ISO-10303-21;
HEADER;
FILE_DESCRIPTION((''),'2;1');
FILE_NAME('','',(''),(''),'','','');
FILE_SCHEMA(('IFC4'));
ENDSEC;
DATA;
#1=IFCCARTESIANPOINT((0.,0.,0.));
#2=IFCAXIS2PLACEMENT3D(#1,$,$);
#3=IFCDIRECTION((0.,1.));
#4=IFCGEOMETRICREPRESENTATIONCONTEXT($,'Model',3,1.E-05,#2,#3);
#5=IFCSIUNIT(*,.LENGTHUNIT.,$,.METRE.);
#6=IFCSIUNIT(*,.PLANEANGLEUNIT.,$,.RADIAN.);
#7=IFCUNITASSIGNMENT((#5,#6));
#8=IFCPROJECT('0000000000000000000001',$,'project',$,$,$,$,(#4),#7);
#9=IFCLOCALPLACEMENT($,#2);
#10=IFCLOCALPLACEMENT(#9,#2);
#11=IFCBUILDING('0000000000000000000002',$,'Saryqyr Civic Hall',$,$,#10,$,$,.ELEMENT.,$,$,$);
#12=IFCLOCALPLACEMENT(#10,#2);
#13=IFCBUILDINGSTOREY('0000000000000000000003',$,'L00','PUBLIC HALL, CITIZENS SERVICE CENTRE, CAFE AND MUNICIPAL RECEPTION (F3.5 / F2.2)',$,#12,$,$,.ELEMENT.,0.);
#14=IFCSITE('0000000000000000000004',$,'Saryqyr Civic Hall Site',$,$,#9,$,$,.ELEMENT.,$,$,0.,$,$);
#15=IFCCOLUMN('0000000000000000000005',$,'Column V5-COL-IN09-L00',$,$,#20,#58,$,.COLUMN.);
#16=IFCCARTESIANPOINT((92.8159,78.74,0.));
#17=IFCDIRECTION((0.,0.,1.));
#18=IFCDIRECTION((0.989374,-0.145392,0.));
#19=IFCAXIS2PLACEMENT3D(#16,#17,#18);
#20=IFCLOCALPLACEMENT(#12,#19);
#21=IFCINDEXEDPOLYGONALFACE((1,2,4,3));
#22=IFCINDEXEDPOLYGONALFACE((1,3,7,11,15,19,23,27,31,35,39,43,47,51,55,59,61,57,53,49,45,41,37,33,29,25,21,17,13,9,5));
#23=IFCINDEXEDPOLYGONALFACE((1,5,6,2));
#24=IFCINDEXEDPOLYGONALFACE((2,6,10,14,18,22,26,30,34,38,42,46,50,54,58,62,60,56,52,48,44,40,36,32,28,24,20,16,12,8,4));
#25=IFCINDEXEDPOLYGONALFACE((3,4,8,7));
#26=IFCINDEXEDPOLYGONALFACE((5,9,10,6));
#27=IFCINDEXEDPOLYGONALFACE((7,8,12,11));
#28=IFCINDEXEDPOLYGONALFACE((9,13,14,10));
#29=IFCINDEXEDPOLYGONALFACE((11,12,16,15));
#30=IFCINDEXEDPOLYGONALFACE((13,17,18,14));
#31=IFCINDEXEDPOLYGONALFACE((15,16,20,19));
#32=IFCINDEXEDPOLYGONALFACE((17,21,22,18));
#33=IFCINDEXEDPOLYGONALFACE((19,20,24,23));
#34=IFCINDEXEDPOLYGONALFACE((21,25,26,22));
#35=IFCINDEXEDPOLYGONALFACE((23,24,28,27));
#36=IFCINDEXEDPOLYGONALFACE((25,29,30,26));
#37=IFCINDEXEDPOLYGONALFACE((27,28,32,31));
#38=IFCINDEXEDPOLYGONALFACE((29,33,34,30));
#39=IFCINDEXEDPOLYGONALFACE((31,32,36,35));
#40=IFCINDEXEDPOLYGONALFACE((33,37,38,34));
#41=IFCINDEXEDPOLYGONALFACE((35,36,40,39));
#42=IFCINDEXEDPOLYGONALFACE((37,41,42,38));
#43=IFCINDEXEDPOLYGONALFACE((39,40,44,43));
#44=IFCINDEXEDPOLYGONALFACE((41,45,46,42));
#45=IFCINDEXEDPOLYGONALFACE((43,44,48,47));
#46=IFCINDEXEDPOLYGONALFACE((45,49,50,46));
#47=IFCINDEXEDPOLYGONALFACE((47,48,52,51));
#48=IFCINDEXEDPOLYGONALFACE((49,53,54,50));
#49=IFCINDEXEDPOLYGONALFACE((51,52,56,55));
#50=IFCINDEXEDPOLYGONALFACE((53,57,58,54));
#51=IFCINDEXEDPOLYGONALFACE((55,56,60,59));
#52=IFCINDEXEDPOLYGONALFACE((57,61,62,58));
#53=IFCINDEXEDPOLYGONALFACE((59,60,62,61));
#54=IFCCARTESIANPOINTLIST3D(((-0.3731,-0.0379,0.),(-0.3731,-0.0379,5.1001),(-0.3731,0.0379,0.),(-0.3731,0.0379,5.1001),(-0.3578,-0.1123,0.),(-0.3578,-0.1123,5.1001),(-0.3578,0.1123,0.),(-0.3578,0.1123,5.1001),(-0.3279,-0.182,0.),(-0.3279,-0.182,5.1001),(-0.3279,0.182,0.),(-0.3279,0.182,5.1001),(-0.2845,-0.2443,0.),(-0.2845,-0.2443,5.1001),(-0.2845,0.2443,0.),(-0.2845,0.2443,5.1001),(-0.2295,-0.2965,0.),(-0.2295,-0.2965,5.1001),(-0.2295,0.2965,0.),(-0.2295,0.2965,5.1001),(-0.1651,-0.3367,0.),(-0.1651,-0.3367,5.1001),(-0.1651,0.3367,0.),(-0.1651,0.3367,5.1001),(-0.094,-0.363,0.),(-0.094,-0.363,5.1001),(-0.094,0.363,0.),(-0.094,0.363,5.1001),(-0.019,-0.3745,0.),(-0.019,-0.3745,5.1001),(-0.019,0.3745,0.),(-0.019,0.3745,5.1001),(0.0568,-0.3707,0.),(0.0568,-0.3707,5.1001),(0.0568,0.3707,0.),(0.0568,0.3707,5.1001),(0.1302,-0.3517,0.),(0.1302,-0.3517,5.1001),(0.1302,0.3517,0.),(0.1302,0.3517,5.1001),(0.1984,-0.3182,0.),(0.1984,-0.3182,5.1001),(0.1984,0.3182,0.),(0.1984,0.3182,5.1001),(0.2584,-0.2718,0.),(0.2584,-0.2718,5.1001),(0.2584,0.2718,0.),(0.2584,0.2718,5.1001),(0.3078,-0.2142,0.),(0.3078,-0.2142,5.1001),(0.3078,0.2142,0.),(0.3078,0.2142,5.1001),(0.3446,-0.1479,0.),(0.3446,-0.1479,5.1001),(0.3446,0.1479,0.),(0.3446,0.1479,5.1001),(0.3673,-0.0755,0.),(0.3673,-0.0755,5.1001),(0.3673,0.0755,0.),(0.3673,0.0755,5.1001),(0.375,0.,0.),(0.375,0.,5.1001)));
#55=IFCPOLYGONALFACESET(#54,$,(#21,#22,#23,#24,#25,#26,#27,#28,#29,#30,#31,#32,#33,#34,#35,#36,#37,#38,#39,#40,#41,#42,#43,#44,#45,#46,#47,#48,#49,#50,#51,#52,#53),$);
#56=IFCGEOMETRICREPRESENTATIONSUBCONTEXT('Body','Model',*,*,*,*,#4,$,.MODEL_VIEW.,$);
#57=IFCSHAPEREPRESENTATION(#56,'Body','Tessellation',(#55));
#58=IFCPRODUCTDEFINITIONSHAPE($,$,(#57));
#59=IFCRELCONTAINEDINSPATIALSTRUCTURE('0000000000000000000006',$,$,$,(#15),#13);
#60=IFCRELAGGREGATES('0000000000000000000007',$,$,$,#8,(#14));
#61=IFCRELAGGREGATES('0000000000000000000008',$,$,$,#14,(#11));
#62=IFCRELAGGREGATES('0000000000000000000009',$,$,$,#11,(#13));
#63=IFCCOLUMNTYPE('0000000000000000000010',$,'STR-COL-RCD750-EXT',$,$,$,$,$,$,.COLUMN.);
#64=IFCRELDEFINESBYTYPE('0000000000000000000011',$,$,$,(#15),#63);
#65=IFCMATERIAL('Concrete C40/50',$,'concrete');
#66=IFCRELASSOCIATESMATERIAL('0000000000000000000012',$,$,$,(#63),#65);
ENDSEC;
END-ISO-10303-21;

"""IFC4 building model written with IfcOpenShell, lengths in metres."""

from ifc_helpers import new_model, si_unit, direction, frame, origin, origin_2d, place, context, subcontext, project, spatial, circle, extrude, material, material_profile, profile_set, type_object, element, save


model = new_model("IFC4")

# Units and contexts
model_context = context("Model", 3, precision=1e-05, world=origin(), true_north=direction((0.0, 1.0)))
body_context = subcontext(model_context, "Body", "Model", "MODEL_VIEW")
ifc_project = project(units=[si_unit("LENGTHUNIT", "METRE"), si_unit("PLANEANGLEUNIT", "RADIAN")], contexts=[model_context])

# Site, building, storey
site_placement = place(None, origin())
site = spatial("IfcSite", under=ifc_project, at=site_placement, Name="Saryqyr Civic Hall Site", CompositionType="ELEMENT", RefElevation=0.0)
building_placement = place(site_placement, origin())
building = spatial("IfcBuilding", under=site, at=building_placement, Name="Saryqyr Civic Hall", CompositionType="ELEMENT")
storey_placement = place(building_placement, origin())
storey = spatial("IfcBuildingStorey", under=building, at=storey_placement, Name="L00", Description="PUBLIC HALL, CITIZENS SERVICE CENTRE, CAFE AND MUNICIPAL RECEPTION (F3.5 / F2.2)", CompositionType="ELEMENT", Elevation=0.0)

# Column
ifc_material_1 = material(Name="Concrete C40/50", Category="concrete")
ifc_material_profile_1 = material_profile(ifc_material_1, circle(Radius=0.375, at=origin_2d()), Name="RC D750")
ifc_profile_set_1 = profile_set([ifc_material_profile_1], Name="Concrete C40/50")
column_type_1 = type_object("IfcColumnType", Name="STR-COL-RCD750-EXT", PredefinedType="COLUMN", material=ifc_profile_set_1)
column_placement = place(storey_placement, frame((92.8159, 78.74, 0.0), z_axis=(0.0, 0.0, 1.0), x_axis=(0.989374, -0.145392, 0.0)))
element("IfcColumn", 1, at=column_placement, inside=storey, type_object=column_type_1, Name="Column V5-COL-IN09-L00", PredefinedType="COLUMN", context=body_context, shape_type="SweptSolid", body=[
    extrude(circle(Radius=0.375, at=origin_2d()), origin(), (0.0, 0.0, 1.0), 5.1001),
])

save(model, "model.ifc")
